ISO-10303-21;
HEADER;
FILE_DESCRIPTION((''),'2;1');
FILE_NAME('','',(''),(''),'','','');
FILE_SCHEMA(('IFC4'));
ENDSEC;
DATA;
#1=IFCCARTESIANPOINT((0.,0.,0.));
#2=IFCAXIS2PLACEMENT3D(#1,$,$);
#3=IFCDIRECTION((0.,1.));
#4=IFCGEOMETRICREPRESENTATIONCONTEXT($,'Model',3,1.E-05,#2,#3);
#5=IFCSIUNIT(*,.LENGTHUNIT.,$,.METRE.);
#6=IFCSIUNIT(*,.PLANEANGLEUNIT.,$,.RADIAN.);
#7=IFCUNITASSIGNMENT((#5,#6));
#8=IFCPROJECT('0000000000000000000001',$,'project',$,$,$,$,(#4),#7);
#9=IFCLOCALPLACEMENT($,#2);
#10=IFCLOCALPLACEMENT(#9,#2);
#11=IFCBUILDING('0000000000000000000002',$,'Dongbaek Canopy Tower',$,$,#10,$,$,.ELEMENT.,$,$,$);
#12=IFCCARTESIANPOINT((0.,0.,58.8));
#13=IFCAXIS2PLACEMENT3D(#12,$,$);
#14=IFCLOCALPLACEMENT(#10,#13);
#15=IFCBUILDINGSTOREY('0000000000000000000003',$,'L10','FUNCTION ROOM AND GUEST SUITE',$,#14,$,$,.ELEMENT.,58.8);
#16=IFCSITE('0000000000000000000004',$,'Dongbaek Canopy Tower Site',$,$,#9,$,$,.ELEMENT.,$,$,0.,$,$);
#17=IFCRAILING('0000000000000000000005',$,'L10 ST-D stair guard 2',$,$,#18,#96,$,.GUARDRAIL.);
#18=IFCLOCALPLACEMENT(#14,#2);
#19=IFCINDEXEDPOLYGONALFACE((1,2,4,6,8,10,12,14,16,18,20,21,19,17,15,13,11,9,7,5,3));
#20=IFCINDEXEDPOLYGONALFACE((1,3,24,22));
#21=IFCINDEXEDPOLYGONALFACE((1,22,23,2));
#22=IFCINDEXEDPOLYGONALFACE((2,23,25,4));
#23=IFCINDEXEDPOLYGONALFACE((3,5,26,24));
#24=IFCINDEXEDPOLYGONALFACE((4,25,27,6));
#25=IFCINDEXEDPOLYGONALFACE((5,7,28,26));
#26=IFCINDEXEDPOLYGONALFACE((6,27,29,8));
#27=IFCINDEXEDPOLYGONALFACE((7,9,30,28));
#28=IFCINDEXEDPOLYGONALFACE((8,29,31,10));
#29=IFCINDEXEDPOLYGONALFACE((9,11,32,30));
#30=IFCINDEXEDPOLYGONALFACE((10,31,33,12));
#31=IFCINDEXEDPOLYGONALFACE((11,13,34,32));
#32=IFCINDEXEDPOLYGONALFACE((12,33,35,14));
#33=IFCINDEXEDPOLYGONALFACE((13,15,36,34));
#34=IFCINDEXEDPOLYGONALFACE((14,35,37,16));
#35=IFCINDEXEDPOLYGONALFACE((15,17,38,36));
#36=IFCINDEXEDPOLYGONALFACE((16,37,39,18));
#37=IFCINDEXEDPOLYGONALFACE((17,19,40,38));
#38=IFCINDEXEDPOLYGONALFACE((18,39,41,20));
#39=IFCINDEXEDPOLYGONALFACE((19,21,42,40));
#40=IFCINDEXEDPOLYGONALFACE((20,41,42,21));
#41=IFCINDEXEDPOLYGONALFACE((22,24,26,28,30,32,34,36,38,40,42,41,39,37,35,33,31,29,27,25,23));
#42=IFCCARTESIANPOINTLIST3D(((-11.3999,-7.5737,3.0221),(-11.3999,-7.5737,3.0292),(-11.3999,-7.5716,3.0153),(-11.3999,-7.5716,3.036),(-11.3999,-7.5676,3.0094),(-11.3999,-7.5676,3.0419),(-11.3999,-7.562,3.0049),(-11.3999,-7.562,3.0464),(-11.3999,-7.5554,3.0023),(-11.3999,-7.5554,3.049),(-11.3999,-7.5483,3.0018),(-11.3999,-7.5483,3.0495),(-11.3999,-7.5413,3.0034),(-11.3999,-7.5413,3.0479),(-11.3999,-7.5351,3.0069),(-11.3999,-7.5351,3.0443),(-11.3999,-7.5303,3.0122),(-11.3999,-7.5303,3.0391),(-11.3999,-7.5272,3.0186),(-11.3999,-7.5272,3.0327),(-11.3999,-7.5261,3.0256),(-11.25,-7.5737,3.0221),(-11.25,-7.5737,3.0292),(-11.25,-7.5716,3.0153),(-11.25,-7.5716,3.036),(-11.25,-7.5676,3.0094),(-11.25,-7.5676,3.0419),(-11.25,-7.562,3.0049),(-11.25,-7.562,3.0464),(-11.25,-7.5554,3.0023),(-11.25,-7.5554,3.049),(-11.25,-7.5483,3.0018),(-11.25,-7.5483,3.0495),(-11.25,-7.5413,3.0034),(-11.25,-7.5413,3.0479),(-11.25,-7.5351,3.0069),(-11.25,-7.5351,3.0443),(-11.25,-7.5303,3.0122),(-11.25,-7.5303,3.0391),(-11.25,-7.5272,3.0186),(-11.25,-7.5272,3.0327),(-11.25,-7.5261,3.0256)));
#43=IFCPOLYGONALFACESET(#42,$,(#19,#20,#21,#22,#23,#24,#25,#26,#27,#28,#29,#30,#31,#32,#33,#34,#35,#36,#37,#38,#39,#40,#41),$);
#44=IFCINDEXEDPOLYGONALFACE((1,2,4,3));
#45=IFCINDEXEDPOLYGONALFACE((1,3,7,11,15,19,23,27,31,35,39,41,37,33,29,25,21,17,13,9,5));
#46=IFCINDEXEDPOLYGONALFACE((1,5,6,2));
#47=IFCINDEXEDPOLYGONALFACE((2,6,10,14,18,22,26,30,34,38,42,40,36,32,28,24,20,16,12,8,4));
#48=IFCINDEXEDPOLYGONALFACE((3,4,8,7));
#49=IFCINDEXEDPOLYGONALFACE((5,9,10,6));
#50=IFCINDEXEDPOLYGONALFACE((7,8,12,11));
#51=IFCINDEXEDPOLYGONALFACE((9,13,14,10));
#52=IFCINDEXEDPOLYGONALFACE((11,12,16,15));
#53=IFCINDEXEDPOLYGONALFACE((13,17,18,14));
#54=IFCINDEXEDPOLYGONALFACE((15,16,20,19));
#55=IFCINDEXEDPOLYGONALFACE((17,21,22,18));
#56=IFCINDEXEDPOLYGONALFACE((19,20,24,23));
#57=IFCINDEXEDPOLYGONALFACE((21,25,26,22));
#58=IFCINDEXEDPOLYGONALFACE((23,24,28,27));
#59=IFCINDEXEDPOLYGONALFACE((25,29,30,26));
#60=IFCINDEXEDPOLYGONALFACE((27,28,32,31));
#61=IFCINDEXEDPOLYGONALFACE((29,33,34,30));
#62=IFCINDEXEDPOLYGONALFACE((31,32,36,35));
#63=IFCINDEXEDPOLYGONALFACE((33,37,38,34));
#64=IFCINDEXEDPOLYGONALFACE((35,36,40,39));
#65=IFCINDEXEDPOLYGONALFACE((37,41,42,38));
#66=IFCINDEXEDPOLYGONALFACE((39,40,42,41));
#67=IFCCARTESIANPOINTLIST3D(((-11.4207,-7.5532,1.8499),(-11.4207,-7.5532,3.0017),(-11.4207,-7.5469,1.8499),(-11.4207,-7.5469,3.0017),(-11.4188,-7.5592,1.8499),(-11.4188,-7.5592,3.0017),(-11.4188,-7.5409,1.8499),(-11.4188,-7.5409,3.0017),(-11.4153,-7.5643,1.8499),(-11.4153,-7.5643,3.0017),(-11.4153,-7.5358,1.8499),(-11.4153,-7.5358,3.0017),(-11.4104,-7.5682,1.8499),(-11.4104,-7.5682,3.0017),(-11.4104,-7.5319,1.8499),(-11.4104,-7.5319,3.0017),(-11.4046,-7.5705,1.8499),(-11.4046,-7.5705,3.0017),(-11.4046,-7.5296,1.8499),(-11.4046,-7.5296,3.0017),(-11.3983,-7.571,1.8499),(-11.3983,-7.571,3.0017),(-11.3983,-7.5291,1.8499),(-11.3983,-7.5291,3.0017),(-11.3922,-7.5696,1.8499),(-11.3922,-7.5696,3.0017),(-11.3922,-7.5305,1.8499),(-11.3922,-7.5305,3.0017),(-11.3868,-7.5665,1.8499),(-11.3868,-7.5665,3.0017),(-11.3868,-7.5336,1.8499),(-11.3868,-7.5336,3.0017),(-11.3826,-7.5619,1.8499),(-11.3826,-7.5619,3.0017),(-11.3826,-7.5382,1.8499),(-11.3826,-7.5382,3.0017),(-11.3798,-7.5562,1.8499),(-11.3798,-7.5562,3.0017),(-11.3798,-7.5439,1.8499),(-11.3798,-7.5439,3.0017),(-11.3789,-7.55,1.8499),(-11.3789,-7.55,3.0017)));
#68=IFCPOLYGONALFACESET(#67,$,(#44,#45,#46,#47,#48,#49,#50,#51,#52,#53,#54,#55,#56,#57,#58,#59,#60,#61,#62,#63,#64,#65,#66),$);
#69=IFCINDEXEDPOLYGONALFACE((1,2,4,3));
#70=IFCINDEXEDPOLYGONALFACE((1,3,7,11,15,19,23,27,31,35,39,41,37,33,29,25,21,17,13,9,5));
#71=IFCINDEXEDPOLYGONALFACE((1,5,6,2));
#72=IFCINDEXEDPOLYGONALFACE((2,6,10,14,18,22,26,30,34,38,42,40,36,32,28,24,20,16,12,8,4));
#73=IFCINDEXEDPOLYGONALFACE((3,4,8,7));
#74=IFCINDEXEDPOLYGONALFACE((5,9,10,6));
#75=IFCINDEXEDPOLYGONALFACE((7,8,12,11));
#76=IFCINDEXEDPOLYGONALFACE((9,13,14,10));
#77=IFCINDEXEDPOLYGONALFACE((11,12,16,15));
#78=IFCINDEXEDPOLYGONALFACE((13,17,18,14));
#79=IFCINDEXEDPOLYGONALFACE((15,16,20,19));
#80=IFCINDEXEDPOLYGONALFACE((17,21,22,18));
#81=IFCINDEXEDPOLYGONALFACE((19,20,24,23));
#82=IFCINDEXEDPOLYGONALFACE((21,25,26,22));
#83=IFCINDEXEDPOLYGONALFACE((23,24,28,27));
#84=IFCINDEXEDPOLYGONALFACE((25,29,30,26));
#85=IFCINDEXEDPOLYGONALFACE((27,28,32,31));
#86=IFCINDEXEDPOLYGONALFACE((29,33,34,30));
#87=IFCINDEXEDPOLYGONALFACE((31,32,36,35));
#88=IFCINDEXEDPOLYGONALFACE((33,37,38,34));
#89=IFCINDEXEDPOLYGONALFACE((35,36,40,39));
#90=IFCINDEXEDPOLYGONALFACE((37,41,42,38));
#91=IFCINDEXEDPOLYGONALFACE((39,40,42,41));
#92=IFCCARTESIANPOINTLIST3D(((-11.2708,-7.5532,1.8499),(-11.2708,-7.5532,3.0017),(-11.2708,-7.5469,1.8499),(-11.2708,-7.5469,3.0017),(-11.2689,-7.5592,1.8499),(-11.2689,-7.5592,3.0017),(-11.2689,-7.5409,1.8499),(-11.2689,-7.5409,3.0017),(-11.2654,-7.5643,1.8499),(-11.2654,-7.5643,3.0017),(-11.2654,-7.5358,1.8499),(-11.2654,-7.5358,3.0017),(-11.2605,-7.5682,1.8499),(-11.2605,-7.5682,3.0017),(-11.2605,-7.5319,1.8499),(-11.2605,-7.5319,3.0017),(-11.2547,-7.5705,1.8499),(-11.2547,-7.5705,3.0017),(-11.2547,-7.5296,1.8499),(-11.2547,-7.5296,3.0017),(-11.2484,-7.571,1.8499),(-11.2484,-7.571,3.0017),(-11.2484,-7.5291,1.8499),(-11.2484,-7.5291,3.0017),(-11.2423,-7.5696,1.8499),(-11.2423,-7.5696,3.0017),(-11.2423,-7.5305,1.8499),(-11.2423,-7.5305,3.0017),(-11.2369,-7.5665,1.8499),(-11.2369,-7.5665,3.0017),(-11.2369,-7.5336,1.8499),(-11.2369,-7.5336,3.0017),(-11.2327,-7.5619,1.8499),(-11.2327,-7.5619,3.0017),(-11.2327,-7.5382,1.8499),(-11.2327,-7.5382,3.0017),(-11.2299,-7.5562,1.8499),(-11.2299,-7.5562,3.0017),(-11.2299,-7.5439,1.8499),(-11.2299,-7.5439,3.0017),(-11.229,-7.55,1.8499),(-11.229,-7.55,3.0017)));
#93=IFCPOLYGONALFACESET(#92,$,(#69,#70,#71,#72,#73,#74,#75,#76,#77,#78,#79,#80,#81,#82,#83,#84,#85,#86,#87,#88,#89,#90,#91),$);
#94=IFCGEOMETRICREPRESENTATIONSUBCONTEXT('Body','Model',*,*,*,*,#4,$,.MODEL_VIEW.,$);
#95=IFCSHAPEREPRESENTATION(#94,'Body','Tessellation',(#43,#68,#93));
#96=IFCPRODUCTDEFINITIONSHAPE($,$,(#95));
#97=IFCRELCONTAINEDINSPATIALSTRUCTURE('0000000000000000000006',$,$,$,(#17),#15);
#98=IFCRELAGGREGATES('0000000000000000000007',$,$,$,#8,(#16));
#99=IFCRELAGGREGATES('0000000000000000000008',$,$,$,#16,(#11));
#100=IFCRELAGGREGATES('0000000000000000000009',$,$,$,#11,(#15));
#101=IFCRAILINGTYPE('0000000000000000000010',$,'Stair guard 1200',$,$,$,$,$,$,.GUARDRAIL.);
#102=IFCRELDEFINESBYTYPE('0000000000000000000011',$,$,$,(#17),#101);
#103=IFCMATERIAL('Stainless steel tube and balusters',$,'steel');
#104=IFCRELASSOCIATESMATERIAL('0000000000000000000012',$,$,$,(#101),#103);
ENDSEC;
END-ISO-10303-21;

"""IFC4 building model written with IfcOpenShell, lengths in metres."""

from ifc_helpers import new_model, si_unit, direction, frame, origin, origin_2d, place, context, subcontext, project, spatial, circle, extrude, material, type_object, element, save


model = new_model("IFC4")

# Units and contexts
model_context = context("Model", 3, precision=1e-05, world=origin(), true_north=direction((0.0, 1.0)))
body_context = subcontext(model_context, "Body", "Model", "MODEL_VIEW")
ifc_project = project(units=[si_unit("LENGTHUNIT", "METRE"), si_unit("PLANEANGLEUNIT", "RADIAN")], contexts=[model_context])

# Site, building, storey
site_placement = place(None, origin())
site = spatial("IfcSite", under=ifc_project, at=site_placement, Name="Dongbaek Canopy Tower Site", CompositionType="ELEMENT", RefElevation=0.0)
building_placement = place(site_placement, origin())
building = spatial("IfcBuilding", under=site, at=building_placement, Name="Dongbaek Canopy Tower", CompositionType="ELEMENT")
storey_placement = place(building_placement, frame((0.0, 0.0, 58.8)))
storey = spatial("IfcBuildingStorey", under=building, at=storey_placement, Name="L10", Description="FUNCTION ROOM AND GUEST SUITE", CompositionType="ELEMENT", Elevation=58.8)

# Railing
ifc_material_1 = material(Name="Stainless steel tube and balusters", Category="steel")
railing_type_1 = type_object("IfcRailingType", Name="Stair guard 1200", PredefinedType="GUARDRAIL", material=ifc_material_1)
railing_1_placement = place(storey_placement, frame((-11.3999, -7.55, 1.8499)))
element("IfcRailing", 1, at=railing_1_placement, inside=storey, type_object=railing_type_1, Name="L10 ST-D stair guard 2", PredefinedType="GUARDRAIL", context=body_context, shape_type="SweptSolid", body=[
    extrude(circle(Radius=0.0239, at=origin_2d()), frame((0.0, 0.0, 1.1758), z_axis=(1.0, 0.0, 0.0), x_axis=(0.0, 1.0, 0.0)), (0.0, 0.0, 1.0), 0.1499),
    extrude(circle(Radius=0.021, at=origin_2d()), origin(), (0.0, 0.0, 1.0), 1.1519),
    extrude(circle(Radius=0.021, at=origin_2d()), frame((0.1499, 0.0, 0.0)), (0.0, 0.0, 1.0), 1.1519),
])

save(model, "model.ifc")
